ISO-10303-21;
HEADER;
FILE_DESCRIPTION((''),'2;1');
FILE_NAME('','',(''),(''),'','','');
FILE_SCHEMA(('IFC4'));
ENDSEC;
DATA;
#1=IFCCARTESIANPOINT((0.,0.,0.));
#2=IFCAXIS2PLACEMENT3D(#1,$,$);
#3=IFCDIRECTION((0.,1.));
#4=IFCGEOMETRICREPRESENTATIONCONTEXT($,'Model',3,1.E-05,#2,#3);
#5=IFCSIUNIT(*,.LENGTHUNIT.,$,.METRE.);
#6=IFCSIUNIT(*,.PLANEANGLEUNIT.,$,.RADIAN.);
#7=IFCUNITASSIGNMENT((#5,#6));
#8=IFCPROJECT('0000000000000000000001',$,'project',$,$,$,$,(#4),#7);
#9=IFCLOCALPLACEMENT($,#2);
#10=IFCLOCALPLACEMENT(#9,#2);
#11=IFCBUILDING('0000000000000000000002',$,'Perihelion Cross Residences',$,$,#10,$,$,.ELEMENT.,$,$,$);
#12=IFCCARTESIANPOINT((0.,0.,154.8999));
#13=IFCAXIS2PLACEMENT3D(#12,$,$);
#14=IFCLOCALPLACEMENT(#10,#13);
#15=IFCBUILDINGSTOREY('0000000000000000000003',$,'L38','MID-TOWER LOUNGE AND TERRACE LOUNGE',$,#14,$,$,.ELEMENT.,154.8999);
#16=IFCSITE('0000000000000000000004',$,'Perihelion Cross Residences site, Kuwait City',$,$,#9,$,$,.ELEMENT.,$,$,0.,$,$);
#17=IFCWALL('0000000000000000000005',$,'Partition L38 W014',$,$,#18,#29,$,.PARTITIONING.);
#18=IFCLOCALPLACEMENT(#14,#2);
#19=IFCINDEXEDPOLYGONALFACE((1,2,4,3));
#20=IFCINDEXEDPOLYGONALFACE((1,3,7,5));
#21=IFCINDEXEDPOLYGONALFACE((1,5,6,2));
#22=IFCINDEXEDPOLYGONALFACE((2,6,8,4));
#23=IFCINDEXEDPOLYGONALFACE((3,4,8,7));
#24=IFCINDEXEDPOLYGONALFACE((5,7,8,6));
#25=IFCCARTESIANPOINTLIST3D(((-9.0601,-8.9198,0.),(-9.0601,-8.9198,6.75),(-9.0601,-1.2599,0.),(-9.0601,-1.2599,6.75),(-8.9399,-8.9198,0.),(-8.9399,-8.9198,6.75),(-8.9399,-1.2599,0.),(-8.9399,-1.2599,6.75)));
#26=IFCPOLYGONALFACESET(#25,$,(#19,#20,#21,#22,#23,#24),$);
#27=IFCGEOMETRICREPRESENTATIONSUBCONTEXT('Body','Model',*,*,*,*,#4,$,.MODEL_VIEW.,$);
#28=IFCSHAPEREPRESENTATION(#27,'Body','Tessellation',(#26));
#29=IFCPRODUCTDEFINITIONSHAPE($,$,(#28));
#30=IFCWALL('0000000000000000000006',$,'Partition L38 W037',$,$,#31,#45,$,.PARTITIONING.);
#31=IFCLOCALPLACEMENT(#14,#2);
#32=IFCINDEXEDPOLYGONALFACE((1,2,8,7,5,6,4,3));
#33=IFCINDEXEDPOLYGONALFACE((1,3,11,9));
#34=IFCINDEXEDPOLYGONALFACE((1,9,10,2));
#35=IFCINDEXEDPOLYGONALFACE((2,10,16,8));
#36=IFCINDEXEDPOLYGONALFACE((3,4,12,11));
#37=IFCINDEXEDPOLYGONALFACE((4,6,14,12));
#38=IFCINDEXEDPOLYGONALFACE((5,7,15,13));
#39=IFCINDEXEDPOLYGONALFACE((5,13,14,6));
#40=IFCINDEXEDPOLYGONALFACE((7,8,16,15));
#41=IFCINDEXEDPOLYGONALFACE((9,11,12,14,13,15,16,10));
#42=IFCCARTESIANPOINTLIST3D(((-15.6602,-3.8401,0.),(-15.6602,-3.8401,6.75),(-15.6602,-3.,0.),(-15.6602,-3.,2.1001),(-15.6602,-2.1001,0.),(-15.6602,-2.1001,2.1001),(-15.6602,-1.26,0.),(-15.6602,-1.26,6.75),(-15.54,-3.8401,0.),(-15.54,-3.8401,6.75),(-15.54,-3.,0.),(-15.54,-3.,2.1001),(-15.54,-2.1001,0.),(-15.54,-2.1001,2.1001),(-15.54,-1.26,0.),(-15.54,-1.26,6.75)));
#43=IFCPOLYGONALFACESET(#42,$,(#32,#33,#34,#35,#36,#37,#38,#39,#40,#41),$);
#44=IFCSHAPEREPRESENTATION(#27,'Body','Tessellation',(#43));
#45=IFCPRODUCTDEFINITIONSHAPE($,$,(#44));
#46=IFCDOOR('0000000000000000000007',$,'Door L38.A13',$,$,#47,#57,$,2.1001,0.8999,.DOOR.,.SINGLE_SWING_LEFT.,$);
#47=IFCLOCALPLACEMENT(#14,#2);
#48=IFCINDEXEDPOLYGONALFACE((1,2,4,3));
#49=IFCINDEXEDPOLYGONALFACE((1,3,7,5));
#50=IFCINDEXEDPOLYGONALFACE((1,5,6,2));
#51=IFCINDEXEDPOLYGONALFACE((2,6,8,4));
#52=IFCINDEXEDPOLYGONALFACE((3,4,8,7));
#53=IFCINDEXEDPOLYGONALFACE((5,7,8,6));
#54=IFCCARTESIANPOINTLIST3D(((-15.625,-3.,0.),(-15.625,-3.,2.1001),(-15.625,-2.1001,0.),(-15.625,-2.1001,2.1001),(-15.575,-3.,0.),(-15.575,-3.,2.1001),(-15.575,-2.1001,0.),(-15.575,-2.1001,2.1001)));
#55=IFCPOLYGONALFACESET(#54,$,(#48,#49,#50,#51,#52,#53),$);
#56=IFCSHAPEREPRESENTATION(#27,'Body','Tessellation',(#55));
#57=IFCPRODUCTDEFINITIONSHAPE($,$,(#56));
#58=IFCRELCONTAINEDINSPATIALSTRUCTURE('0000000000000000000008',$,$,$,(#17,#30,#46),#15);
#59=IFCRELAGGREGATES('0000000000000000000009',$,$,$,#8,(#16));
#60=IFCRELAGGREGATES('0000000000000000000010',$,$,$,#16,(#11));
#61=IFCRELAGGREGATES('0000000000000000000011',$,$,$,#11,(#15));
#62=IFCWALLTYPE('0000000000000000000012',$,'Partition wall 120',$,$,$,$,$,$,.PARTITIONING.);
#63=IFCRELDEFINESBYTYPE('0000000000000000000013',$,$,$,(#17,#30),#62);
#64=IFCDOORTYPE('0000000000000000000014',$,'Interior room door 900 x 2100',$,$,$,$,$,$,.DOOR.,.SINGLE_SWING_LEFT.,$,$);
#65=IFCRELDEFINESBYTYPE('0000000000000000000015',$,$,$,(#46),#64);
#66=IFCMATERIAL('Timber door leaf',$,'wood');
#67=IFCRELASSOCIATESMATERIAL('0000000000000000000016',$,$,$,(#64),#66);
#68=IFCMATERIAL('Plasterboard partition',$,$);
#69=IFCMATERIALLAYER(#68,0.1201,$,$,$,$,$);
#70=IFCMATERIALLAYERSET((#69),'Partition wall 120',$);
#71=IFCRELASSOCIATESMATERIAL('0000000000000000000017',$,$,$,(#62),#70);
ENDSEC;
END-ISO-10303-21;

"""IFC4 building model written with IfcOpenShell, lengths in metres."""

from ifc_helpers import new_model, si_unit, direction, frame, frame_2d, origin, place, context, subcontext, project, spatial, rectangle, extrude, material, layer, layer_set, type_object, element, fill, save


model = new_model("IFC4")

# Units and contexts
model_context = context("Model", 3, precision=1e-05, world=origin(), true_north=direction((0.0, 1.0)))
body_context = subcontext(model_context, "Body", "Model", "MODEL_VIEW")
ifc_project = project(units=[si_unit("LENGTHUNIT", "METRE"), si_unit("PLANEANGLEUNIT", "RADIAN")], contexts=[model_context])

# Site, building, storey
site_placement = place(None, origin())
site = spatial("IfcSite", under=ifc_project, at=site_placement, Name="Perihelion Cross Residences site, Kuwait City", CompositionType="ELEMENT", RefElevation=0.0)
building_placement = place(site_placement, origin())
building = spatial("IfcBuilding", under=site, at=building_placement, Name="Perihelion Cross Residences", CompositionType="ELEMENT")
storey_placement = place(building_placement, frame((0.0, 0.0, 154.8999)))
storey = spatial("IfcBuildingStorey", under=building, at=storey_placement, Name="L38", Description="MID-TOWER LOUNGE AND TERRACE LOUNGE", CompositionType="ELEMENT", Elevation=154.8999)

# Shared definitions
ifc_material_1 = material(Name="Timber door leaf", Category="wood")
door_type = type_object("IfcDoorType", Name="Interior room door 900 x 2100", OperationType="SINGLE_SWING_LEFT", PredefinedType="DOOR", material=ifc_material_1)

# Wall
ifc_material_2 = material(Name="Plasterboard partition")
ifc_layer_1 = layer(ifc_material_2, 0.1201)
ifc_layer_set_1 = layer_set([ifc_layer_1], Name="Partition wall 120")
wall_type_1 = type_object("IfcWallType", Name="Partition wall 120", PredefinedType="PARTITIONING", material=ifc_layer_set_1)
wall_1_placement = place(storey_placement, frame((-9.0, -8.9199, 0.0), z_axis=(0.0, 0.0, 1.0), x_axis=(0.0, 1.0, 0.0)))
element("IfcWall", 1, at=wall_1_placement, inside=storey, type_object=wall_type_1, Name="Partition L38 W014", PredefinedType="PARTITIONING", context=body_context, shape_type="SweptSolid", body=[
    extrude(rectangle(XDim=7.6599, YDim=0.1201, at=frame_2d((3.8301, 0.0))), origin(), (0.0, 0.0, 1.0), 6.75),
])

# Wall, opening, door
wall_2_placement = place(storey_placement, frame((-15.6001, -3.8401, 0.0), z_axis=(0.0, 0.0, 1.0), x_axis=(0.0, 1.0, 0.0)))
wall_2 = element("IfcWall", 2, at=wall_2_placement, inside=storey, type_object=wall_type_1, Name="Partition L38 W037", PredefinedType="PARTITIONING", context=body_context, shape_type="SweptSolid", body=[
    extrude(rectangle(XDim=2.5801, YDim=0.1201, at=frame_2d((1.29, 0.0))), origin(), (0.0, 0.0, 1.0), 6.75),
])
opening_1_placement = place(wall_2_placement, frame((0.8401, 0.0, 0.0)))
opening_1 = element("IfcOpeningElement", 3, at=opening_1_placement, cuts=wall_2, PredefinedType="OPENING", context=body_context, shape_type="SweptSolid", body=[
    extrude(rectangle(XDim=0.8999, YDim=2.1001, at=frame_2d((0.45, 1.05))), frame((0.0, 0.0701, 0.0), z_axis=(0.0, -1.0, 0.0), x_axis=(1.0, 0.0, 0.0)), (0.0, 0.0, 1.0), 0.1401),
])
door_1_placement = place(opening_1_placement, origin())
door_1 = element("IfcDoor", 4, at=door_1_placement, inside=storey, type_object=door_type, Name="Door L38.A13", OperationType="SINGLE_SWING_LEFT", OverallHeight=2.1001, OverallWidth=0.8999, PredefinedType="DOOR", context=body_context, shape_type="SweptSolid", body=[
    extrude(rectangle(XDim=0.8999, YDim=2.1001, at=frame_2d((0.45, 1.05))), frame((0.0, 0.0249, 0.0), z_axis=(0.0, -1.0, 0.0), x_axis=(1.0, 0.0, 0.0)), (0.0, 0.0, 1.0), 0.05),
])
fill(opening_1, door_1)

save(model, "model.ifc")
